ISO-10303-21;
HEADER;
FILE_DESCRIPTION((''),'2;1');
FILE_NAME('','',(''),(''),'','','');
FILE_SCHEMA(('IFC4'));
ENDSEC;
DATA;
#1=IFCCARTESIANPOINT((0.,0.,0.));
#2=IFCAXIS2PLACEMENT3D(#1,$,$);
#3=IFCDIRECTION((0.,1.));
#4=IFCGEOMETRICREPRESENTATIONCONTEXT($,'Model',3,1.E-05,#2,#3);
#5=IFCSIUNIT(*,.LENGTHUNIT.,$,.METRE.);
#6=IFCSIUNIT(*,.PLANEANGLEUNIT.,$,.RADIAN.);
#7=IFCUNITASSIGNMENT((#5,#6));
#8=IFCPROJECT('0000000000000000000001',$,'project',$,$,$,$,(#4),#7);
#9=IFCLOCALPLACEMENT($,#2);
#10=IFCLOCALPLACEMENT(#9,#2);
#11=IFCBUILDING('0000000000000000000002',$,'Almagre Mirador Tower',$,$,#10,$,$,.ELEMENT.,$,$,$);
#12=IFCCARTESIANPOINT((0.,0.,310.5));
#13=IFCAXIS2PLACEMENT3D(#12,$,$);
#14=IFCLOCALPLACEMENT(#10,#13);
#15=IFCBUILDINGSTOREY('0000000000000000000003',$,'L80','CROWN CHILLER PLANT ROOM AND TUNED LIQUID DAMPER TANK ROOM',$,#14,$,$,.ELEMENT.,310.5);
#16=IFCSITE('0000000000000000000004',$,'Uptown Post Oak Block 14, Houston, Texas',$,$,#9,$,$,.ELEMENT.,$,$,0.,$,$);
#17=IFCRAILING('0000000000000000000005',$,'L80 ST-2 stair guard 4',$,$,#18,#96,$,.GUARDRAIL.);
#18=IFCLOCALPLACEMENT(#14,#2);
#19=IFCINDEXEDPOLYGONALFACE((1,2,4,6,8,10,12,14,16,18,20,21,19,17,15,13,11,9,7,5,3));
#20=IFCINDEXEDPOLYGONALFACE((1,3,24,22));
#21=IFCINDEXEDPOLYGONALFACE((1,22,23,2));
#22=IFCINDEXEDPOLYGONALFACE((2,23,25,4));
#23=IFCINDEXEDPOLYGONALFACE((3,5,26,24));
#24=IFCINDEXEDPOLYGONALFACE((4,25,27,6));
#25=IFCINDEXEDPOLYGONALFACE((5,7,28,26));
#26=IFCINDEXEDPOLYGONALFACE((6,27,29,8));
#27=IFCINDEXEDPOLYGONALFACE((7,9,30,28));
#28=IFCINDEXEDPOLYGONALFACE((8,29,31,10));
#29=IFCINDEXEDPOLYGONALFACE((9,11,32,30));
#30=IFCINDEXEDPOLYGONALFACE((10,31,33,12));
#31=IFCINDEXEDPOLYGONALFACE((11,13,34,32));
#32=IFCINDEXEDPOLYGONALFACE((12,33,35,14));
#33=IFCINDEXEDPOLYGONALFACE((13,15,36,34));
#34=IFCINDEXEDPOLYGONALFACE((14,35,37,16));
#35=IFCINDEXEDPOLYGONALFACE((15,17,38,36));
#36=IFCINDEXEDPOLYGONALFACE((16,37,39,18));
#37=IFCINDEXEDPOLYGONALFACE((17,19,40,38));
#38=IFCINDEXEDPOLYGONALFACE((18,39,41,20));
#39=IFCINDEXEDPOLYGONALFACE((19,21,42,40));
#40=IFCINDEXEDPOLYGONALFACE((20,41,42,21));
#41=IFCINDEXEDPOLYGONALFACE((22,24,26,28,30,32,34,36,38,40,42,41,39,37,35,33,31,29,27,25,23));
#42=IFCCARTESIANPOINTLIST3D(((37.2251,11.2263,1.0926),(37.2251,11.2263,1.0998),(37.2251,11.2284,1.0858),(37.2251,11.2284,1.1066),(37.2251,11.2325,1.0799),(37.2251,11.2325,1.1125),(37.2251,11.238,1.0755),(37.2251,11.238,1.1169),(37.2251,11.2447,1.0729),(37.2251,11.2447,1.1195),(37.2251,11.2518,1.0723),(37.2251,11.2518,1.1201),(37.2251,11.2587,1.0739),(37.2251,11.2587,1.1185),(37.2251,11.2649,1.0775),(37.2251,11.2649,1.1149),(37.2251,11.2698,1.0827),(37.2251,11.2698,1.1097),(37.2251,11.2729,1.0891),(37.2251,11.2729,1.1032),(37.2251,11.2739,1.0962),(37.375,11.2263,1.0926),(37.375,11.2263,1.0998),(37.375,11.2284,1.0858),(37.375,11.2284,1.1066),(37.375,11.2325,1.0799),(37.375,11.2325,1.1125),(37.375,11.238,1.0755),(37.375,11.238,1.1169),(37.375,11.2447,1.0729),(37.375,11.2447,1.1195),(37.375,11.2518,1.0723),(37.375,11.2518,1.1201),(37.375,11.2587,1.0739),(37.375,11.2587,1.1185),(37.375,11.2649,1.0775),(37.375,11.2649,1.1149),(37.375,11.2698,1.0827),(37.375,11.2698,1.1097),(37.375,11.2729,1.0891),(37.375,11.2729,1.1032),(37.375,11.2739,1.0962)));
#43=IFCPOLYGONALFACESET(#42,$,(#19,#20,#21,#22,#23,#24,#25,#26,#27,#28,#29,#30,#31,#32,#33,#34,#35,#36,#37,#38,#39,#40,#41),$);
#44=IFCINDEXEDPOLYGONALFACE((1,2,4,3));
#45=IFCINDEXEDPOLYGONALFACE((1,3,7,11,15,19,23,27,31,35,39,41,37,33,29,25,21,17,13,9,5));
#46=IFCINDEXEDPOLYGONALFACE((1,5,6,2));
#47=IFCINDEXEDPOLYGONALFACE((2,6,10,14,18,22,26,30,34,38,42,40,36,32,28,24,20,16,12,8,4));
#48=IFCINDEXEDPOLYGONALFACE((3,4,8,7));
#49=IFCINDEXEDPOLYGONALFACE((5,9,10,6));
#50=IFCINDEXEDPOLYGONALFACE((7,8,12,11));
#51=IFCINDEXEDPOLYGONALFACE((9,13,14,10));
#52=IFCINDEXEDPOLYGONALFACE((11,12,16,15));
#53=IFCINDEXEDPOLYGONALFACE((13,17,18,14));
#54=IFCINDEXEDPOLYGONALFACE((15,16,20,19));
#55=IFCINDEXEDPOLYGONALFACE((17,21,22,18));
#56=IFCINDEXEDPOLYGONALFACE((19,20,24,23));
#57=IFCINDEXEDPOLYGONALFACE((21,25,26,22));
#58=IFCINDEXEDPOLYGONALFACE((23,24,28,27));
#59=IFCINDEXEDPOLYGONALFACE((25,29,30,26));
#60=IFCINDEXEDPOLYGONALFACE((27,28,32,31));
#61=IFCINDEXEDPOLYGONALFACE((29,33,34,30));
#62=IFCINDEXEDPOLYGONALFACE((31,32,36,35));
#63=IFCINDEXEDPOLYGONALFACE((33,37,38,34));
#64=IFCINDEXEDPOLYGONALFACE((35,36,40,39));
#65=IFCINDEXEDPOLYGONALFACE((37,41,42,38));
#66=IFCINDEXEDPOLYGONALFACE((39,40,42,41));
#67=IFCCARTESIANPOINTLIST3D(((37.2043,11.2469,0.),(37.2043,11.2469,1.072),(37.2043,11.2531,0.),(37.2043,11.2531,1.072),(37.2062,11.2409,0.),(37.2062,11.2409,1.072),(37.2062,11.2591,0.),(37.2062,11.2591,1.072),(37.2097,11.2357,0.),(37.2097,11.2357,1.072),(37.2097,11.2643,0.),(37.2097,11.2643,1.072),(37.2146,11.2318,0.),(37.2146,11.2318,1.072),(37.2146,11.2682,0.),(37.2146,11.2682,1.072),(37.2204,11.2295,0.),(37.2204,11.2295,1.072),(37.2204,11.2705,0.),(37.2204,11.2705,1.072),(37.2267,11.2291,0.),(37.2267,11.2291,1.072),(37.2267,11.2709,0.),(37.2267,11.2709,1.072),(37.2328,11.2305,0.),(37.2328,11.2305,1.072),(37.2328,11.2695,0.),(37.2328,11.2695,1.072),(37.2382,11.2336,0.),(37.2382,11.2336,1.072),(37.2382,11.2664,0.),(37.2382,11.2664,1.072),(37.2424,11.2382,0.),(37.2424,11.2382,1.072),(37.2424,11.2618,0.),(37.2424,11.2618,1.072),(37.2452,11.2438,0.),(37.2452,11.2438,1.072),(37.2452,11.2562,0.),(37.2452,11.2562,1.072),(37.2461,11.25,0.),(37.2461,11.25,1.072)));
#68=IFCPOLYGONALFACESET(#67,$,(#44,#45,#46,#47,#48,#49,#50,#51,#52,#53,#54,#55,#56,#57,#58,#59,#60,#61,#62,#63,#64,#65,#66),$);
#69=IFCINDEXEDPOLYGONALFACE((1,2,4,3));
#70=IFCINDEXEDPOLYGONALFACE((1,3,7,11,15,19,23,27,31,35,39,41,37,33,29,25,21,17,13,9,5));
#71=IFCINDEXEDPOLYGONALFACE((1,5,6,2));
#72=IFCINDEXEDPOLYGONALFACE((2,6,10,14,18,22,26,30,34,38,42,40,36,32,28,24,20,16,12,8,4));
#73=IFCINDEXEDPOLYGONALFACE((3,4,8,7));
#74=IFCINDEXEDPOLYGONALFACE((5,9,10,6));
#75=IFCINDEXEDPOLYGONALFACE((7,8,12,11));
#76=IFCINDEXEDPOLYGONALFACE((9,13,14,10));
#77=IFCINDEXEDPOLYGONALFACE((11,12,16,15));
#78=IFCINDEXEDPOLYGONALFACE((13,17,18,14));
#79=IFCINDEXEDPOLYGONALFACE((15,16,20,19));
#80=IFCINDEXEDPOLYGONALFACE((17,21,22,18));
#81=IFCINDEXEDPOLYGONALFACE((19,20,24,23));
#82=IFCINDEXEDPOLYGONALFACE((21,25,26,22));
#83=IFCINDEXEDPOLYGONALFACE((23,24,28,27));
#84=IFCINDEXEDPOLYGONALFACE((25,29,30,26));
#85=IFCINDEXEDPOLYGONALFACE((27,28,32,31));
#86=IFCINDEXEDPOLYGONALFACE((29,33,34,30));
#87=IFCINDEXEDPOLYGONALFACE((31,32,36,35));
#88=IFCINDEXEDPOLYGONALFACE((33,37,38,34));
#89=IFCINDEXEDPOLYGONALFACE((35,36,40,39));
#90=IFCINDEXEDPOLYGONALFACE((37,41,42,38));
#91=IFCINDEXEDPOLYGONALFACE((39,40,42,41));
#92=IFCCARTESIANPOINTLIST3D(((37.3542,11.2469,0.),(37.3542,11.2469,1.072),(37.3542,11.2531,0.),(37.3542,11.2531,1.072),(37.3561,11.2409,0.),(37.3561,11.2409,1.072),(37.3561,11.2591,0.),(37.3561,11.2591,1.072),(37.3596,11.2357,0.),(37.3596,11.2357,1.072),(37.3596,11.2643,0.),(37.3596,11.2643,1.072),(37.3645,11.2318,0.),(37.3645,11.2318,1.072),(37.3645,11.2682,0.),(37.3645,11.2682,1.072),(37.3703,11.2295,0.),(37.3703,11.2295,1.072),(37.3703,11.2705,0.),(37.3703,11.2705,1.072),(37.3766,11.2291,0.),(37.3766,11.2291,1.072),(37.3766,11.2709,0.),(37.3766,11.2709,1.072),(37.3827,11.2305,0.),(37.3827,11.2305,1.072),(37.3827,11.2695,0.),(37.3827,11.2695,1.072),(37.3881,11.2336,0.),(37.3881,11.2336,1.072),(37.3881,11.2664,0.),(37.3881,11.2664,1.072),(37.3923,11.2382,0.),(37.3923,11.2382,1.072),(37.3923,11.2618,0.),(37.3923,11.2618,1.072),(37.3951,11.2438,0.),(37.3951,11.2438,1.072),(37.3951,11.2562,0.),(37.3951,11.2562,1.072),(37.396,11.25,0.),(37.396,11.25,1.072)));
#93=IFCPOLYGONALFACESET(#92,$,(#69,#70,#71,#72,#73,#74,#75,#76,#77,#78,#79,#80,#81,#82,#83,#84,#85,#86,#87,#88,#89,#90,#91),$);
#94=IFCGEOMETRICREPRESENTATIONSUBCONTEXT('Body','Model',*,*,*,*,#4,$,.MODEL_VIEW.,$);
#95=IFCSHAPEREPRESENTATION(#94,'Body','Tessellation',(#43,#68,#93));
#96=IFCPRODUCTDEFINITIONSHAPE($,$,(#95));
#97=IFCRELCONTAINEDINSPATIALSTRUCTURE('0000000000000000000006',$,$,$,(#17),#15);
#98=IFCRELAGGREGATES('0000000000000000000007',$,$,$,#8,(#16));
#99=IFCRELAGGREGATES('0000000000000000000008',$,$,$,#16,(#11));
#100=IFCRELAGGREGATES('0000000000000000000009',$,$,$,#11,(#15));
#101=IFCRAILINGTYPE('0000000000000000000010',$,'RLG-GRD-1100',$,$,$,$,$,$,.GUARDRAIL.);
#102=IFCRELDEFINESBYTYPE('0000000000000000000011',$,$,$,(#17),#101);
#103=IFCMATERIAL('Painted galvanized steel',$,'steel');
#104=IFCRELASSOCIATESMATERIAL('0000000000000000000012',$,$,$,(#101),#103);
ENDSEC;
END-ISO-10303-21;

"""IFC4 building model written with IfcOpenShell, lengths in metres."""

from ifc_helpers import new_model, si_unit, direction, frame, origin, origin_2d, place, context, subcontext, project, spatial, circle, extrude, material, type_object, element, save


model = new_model("IFC4")

# Units and contexts
model_context = context("Model", 3, precision=1e-05, world=origin(), true_north=direction((0.0, 1.0)))
body_context = subcontext(model_context, "Body", "Model", "MODEL_VIEW")
ifc_project = project(units=[si_unit("LENGTHUNIT", "METRE"), si_unit("PLANEANGLEUNIT", "RADIAN")], contexts=[model_context])

# Site, building, storey
site_placement = place(None, origin())
site = spatial("IfcSite", under=ifc_project, at=site_placement, Name="Uptown Post Oak Block 14, Houston, Texas", CompositionType="ELEMENT", RefElevation=0.0)
building_placement = place(site_placement, origin())
building = spatial("IfcBuilding", under=site, at=building_placement, Name="Almagre Mirador Tower", CompositionType="ELEMENT")
storey_placement = place(building_placement, frame((0.0, 0.0, 310.5)))
storey = spatial("IfcBuildingStorey", under=building, at=storey_placement, Name="L80", Description="CROWN CHILLER PLANT ROOM AND TUNED LIQUID DAMPER TANK ROOM", CompositionType="ELEMENT", Elevation=310.5)

# Railing
ifc_material_1 = material(Name="Painted galvanized steel", Category="steel")
railing_type_1 = type_object("IfcRailingType", Name="RLG-GRD-1100", PredefinedType="GUARDRAIL", material=ifc_material_1)
railing_1_placement = place(storey_placement, frame((37.2251, 11.25, 0.0)))
element("IfcRailing", 1, at=railing_1_placement, inside=storey, type_object=railing_type_1, Name="L80 ST-2 stair guard 4", PredefinedType="GUARDRAIL", context=body_context, shape_type="SweptSolid", body=[
    extrude(circle(Radius=0.0239, at=origin_2d()), frame((0.0, 0.0, 1.0962), z_axis=(1.0, 0.0, 0.0), x_axis=(0.0, 1.0, 0.0)), (0.0, 0.0, 1.0), 0.1499),
    extrude(circle(Radius=0.021, at=origin_2d()), origin(), (0.0, 0.0, 1.0), 1.072),
    extrude(circle(Radius=0.021, at=origin_2d()), frame((0.1499, 0.0, 0.0)), (0.0, 0.0, 1.0), 1.072),
])

save(model, "model.ifc")
